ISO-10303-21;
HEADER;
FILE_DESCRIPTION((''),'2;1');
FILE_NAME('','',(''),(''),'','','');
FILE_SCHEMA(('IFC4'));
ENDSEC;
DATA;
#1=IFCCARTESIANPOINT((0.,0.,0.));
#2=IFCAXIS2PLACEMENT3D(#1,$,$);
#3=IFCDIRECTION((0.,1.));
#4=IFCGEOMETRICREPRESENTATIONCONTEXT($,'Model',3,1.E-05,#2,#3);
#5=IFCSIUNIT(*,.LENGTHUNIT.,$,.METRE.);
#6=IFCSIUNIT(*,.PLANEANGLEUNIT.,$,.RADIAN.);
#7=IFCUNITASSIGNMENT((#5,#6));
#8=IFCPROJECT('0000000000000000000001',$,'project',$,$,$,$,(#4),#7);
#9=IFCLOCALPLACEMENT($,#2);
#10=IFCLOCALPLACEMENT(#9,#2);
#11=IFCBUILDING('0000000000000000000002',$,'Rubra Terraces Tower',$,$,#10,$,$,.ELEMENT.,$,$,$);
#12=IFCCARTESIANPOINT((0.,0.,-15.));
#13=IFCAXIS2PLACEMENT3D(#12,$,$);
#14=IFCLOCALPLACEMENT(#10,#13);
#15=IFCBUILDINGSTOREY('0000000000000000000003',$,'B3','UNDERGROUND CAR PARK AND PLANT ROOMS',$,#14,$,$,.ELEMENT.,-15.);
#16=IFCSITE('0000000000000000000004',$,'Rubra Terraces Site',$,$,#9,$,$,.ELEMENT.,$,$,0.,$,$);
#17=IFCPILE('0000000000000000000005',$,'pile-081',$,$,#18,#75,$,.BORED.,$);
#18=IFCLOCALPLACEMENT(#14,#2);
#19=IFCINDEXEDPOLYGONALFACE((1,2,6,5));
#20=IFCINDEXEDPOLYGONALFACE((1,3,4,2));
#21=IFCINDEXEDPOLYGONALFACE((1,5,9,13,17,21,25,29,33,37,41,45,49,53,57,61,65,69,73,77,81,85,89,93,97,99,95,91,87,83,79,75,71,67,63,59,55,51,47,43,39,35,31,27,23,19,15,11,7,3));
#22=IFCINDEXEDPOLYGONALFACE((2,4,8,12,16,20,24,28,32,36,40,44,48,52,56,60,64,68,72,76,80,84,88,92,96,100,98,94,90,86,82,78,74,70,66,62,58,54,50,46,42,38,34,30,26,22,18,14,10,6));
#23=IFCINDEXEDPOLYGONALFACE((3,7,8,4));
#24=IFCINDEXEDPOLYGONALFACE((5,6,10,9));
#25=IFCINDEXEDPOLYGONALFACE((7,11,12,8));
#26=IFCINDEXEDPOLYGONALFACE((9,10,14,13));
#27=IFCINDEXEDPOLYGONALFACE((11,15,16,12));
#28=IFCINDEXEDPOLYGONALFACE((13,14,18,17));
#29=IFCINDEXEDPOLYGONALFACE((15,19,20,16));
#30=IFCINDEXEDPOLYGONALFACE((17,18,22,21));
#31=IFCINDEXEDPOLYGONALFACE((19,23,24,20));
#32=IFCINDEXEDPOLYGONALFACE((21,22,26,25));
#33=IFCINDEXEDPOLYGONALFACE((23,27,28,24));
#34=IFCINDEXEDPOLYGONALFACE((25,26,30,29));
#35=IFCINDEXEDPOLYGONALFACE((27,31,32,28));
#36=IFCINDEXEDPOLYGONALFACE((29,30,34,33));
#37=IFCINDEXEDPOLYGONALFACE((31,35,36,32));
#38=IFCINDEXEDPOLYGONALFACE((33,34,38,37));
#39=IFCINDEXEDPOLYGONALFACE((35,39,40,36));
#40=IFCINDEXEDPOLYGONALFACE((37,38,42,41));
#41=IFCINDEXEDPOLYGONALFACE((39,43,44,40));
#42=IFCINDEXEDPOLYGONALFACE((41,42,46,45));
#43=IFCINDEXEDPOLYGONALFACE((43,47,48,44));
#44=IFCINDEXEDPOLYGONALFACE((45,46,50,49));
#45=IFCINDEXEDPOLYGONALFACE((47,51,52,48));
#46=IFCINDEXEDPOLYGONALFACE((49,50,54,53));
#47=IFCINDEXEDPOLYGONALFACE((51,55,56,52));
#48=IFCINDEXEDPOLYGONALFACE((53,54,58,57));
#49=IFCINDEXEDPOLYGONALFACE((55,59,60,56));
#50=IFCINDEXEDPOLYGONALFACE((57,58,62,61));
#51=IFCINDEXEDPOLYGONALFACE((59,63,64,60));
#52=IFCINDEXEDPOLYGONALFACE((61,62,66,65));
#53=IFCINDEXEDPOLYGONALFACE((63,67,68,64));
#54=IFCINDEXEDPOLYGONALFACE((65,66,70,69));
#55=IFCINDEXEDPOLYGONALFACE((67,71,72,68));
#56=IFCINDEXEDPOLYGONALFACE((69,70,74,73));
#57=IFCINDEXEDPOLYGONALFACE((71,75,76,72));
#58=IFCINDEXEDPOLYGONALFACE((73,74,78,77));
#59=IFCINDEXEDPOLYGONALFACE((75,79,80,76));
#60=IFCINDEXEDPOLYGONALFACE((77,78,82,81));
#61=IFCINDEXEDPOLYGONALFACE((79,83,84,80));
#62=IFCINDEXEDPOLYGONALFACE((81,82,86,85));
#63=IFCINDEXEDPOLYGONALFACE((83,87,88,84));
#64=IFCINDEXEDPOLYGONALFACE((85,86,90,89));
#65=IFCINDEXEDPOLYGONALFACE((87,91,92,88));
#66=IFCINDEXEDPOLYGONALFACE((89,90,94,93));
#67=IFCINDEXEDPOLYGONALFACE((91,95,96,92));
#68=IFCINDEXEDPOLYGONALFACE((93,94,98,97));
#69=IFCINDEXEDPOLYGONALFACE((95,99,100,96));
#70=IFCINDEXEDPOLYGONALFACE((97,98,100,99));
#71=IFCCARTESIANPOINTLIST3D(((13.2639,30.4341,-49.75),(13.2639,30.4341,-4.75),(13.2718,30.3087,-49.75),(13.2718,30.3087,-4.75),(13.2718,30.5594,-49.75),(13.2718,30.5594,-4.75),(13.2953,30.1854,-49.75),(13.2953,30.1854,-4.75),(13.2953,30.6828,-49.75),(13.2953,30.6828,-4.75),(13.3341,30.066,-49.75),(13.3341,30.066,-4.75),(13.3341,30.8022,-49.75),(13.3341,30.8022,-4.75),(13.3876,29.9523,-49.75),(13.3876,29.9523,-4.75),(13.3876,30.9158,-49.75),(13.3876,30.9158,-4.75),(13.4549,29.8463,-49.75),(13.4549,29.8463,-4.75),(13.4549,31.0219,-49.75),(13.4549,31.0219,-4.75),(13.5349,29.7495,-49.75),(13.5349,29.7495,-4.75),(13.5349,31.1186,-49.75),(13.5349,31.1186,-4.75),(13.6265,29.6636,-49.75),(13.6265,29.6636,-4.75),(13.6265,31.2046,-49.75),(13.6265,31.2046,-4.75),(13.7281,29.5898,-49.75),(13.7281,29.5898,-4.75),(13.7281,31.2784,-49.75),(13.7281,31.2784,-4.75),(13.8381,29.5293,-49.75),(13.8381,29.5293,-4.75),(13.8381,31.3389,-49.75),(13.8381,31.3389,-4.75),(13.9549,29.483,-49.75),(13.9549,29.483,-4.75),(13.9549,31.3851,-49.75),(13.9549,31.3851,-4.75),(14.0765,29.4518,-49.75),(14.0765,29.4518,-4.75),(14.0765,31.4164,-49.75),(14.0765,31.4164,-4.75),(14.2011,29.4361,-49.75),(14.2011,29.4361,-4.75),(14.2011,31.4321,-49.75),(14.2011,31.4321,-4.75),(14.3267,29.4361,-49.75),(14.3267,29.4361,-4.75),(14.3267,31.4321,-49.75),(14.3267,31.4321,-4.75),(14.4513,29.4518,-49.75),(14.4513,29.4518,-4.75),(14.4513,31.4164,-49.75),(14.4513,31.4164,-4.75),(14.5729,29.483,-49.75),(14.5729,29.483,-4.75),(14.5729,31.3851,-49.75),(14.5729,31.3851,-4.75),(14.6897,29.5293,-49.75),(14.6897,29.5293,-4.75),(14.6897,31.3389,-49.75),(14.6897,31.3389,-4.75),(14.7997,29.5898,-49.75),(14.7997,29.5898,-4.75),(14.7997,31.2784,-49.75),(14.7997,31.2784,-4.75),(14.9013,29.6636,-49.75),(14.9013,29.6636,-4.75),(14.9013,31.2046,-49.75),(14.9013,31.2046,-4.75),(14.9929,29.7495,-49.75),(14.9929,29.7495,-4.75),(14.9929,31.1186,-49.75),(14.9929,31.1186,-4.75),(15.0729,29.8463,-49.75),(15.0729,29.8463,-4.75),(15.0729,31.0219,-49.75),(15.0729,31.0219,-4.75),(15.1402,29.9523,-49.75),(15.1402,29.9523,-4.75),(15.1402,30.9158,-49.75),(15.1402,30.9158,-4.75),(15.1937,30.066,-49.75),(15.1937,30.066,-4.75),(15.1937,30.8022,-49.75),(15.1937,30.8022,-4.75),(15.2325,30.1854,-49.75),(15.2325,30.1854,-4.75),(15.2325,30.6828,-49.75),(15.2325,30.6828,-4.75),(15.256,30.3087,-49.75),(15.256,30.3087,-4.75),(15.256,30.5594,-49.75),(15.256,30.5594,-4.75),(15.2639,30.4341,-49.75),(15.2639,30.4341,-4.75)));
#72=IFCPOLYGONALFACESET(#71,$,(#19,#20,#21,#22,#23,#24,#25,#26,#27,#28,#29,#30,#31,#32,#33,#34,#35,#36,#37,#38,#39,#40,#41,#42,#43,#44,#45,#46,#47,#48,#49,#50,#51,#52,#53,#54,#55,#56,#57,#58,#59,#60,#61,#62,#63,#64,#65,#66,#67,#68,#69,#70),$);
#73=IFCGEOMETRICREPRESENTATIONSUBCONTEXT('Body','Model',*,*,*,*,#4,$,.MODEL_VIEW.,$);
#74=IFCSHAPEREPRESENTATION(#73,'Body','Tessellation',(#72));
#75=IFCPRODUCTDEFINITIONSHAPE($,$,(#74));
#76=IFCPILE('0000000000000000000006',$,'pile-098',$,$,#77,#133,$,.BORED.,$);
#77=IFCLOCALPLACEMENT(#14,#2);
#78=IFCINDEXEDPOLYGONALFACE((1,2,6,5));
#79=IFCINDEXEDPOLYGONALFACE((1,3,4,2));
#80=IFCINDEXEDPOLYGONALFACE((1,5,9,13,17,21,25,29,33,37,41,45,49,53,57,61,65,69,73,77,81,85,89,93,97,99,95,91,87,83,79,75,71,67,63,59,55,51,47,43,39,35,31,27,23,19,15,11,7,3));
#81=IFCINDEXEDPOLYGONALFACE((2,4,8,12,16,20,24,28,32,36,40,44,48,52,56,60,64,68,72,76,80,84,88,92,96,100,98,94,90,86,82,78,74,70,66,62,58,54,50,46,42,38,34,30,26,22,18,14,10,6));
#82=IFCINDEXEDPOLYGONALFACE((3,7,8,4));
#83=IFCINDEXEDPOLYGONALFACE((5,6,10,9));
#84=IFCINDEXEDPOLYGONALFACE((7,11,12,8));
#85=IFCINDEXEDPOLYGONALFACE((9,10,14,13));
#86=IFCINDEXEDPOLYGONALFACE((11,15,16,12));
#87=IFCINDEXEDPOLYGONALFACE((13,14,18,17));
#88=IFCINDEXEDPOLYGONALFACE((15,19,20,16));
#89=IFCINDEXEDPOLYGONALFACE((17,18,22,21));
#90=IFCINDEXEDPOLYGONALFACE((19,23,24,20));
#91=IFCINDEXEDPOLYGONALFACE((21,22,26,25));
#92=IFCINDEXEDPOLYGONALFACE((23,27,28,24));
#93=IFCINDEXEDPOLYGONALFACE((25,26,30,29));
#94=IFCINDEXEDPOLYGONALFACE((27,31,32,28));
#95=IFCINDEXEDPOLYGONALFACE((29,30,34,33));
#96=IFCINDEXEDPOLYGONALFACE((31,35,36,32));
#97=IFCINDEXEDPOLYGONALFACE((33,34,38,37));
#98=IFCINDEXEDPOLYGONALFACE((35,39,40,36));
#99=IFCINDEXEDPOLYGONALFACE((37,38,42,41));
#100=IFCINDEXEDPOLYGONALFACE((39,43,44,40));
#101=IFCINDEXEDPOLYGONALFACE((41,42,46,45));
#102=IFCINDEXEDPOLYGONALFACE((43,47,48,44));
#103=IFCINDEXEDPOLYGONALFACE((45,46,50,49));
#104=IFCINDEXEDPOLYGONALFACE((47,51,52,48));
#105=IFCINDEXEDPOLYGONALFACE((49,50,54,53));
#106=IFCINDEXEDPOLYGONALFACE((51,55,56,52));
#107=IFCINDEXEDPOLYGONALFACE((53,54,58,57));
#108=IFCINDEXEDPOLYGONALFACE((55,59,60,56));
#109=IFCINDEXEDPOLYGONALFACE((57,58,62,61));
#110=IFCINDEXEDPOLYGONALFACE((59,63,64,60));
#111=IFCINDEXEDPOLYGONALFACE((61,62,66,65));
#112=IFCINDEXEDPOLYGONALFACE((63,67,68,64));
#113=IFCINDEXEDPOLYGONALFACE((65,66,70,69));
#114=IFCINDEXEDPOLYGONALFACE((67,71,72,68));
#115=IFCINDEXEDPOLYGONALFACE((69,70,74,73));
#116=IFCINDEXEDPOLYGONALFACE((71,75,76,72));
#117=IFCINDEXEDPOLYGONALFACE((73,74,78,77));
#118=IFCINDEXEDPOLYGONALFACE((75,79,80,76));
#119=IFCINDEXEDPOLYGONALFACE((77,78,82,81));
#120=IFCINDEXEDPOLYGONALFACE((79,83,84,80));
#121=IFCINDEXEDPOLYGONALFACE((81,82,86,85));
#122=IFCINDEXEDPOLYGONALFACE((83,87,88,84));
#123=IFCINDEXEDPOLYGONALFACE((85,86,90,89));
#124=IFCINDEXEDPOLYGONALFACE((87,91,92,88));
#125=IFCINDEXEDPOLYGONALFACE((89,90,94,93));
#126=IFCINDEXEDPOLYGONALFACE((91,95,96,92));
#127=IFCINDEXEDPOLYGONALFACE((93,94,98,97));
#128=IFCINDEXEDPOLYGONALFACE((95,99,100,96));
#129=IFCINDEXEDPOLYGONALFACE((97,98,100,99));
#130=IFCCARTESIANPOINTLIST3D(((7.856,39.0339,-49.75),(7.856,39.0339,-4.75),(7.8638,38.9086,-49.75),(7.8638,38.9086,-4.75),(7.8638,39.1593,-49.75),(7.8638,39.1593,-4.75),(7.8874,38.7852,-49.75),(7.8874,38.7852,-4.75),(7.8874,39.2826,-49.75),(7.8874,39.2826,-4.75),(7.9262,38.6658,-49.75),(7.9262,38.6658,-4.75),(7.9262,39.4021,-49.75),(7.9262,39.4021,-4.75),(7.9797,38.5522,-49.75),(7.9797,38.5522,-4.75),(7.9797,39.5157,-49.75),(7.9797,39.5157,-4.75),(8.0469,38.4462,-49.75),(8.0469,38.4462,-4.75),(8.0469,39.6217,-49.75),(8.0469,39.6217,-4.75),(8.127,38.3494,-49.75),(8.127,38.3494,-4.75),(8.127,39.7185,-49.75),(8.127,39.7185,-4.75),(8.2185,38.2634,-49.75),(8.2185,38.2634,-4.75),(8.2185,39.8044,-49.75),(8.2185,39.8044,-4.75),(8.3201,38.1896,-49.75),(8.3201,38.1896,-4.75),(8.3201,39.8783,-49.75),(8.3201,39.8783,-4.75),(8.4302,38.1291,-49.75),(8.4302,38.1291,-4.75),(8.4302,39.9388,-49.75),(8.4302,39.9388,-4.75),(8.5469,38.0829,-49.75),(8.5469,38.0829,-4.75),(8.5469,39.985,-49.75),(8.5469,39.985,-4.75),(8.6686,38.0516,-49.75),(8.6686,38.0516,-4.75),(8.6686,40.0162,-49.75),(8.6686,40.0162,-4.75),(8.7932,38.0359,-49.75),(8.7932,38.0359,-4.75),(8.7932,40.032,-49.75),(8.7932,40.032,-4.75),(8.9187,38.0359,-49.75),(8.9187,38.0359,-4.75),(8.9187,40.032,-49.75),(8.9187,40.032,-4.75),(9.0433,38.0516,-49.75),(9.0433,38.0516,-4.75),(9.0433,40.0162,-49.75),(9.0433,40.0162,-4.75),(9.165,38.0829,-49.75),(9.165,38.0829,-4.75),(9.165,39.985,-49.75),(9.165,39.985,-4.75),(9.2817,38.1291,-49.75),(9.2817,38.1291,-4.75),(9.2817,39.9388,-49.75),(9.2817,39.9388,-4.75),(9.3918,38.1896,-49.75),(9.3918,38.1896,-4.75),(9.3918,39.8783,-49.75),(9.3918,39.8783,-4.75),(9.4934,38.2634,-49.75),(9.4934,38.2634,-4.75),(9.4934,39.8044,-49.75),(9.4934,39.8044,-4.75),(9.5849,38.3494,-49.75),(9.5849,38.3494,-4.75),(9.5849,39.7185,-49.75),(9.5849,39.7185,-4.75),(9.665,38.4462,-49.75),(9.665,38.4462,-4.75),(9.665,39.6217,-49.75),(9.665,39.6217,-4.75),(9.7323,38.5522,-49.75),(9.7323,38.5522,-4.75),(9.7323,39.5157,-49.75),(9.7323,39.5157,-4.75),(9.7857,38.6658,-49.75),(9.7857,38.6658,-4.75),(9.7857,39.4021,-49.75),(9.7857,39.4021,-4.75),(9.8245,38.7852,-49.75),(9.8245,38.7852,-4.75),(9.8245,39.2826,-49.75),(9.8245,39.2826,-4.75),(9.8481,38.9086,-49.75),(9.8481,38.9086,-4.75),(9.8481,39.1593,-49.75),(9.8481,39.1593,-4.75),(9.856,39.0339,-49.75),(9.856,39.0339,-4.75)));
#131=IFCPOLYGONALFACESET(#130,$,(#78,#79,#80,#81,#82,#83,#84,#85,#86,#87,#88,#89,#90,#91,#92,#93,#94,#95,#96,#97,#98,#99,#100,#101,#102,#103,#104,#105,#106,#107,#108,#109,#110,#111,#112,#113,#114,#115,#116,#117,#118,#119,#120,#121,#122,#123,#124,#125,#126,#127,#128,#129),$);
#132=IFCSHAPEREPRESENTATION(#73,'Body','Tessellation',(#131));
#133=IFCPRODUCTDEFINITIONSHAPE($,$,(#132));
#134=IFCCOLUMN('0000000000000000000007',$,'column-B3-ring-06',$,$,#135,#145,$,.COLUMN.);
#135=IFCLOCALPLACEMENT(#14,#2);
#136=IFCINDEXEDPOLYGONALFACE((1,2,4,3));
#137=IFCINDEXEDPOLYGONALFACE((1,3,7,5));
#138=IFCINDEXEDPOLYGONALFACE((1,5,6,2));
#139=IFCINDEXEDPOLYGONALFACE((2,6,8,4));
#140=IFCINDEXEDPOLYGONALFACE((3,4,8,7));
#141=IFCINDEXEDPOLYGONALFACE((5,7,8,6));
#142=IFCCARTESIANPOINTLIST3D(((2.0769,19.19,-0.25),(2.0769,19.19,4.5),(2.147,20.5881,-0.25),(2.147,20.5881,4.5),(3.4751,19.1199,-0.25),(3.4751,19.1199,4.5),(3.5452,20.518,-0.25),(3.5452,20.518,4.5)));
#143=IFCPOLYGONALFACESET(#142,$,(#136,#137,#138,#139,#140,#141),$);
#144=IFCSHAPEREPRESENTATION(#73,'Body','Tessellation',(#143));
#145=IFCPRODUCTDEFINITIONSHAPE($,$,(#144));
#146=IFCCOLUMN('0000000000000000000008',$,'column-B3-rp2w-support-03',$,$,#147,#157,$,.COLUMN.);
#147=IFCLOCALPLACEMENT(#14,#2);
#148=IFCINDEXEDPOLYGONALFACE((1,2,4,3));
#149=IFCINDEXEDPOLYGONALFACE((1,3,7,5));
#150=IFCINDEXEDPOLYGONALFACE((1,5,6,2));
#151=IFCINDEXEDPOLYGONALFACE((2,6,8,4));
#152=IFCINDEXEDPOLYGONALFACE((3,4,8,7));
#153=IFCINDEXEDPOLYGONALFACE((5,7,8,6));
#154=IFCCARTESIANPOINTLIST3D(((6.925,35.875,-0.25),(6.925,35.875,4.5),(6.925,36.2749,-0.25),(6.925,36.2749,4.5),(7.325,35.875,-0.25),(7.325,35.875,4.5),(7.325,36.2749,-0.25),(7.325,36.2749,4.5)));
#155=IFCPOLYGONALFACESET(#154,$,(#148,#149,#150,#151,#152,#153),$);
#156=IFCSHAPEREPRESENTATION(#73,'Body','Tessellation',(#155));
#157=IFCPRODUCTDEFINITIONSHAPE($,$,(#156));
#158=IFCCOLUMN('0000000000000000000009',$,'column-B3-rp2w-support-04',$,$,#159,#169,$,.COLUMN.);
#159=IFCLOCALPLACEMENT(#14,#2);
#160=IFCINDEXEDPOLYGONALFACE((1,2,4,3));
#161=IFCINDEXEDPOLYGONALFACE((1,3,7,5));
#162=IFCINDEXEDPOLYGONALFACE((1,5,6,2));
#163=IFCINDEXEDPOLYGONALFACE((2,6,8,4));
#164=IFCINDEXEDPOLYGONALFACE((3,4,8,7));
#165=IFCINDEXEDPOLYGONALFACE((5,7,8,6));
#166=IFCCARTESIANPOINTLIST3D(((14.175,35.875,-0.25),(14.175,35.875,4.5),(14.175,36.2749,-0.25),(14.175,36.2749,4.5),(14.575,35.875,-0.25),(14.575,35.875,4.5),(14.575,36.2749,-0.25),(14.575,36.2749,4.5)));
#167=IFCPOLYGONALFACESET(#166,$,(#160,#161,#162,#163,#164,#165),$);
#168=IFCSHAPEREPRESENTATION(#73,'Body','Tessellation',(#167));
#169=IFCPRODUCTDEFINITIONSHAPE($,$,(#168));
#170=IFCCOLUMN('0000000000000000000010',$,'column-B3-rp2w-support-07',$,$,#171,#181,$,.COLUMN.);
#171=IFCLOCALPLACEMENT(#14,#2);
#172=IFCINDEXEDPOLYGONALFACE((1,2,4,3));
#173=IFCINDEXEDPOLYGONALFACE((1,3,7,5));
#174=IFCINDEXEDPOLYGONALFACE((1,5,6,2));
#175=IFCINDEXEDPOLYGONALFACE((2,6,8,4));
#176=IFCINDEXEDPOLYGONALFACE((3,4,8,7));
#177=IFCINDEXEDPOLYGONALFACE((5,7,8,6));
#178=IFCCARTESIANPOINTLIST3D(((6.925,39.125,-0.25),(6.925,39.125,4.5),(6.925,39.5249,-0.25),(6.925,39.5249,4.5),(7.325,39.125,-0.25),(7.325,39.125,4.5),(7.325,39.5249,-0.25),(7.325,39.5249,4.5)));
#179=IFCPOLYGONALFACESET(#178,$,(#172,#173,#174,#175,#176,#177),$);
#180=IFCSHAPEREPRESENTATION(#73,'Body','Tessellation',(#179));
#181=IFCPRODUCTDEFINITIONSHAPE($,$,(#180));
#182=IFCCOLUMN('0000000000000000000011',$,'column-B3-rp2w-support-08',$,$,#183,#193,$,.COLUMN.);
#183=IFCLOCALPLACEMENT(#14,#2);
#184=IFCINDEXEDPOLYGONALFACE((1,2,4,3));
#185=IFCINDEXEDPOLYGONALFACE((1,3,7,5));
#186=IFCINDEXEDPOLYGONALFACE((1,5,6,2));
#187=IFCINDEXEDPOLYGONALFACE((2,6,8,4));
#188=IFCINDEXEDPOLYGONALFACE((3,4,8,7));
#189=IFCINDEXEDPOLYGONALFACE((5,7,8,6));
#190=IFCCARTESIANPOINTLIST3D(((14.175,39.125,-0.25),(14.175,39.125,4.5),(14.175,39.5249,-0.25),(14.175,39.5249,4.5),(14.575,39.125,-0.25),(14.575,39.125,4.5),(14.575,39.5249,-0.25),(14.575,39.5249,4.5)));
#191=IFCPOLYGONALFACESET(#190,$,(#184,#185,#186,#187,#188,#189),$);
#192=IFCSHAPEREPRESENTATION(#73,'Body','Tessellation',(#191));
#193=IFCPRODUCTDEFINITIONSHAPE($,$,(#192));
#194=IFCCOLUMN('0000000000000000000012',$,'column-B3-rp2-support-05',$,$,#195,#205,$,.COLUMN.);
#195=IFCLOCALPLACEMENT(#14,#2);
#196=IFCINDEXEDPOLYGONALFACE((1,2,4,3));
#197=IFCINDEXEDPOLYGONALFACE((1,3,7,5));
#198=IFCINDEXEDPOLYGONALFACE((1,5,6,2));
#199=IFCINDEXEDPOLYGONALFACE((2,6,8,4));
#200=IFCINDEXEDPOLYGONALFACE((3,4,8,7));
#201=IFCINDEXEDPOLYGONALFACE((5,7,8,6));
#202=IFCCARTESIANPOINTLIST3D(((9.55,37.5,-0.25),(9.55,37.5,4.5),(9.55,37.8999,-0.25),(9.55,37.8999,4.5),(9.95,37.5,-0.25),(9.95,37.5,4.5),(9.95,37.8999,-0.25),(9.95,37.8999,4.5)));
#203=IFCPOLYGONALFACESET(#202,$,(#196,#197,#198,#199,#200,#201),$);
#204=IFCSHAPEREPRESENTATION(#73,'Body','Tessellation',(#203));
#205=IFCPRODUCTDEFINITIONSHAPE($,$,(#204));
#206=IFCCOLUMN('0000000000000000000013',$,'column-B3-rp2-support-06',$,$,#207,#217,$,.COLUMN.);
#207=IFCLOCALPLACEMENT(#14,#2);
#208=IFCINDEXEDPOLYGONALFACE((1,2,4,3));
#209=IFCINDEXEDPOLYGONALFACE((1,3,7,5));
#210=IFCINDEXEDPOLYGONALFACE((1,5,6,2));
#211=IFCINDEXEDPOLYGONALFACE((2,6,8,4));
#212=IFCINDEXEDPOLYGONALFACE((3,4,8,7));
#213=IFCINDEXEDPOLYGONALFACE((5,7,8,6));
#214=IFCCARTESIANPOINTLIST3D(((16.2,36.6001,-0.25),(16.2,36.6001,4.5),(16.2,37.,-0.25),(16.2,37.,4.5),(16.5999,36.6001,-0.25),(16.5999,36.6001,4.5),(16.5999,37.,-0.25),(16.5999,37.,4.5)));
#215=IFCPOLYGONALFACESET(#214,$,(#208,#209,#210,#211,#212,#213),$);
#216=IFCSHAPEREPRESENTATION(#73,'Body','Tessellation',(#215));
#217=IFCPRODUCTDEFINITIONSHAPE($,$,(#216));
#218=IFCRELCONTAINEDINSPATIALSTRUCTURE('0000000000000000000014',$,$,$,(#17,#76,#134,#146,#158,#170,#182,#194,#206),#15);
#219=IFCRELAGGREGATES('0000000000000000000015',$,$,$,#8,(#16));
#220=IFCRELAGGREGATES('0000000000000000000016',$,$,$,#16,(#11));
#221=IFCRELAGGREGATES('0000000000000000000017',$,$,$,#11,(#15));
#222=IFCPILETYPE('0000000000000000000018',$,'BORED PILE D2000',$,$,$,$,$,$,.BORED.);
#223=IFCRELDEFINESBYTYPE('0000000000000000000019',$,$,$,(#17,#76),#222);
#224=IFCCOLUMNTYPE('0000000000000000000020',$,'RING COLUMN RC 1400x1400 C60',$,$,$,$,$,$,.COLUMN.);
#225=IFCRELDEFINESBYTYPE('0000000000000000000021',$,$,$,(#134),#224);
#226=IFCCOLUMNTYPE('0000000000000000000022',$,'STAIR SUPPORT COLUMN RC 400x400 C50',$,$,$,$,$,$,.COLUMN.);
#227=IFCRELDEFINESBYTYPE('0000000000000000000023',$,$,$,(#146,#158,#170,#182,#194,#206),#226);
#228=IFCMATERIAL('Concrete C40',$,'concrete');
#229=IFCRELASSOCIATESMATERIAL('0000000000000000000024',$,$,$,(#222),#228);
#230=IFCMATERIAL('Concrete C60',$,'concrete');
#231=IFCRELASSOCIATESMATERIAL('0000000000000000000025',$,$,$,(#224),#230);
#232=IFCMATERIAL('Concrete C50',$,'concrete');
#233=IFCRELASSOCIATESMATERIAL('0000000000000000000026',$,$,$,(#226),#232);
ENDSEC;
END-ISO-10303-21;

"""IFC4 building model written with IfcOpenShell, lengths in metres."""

from ifc_helpers import new_model, si_unit, direction, frame, origin, origin_2d, place, context, subcontext, project, spatial, rectangle, circle, extrude, material, material_profile, profile_set, type_object, element, save


model = new_model("IFC4")

# Units and contexts
model_context = context("Model", 3, precision=1e-05, world=origin(), true_north=direction((0.0, 1.0)))
body_context = subcontext(model_context, "Body", "Model", "MODEL_VIEW")
ifc_project = project(units=[si_unit("LENGTHUNIT", "METRE"), si_unit("PLANEANGLEUNIT", "RADIAN")], contexts=[model_context])

# Site, building, storey
site_placement = place(None, origin())
site = spatial("IfcSite", under=ifc_project, at=site_placement, Name="Rubra Terraces Site", CompositionType="ELEMENT", RefElevation=0.0)
building_placement = place(site_placement, origin())
building = spatial("IfcBuilding", under=site, at=building_placement, Name="Rubra Terraces Tower", CompositionType="ELEMENT")
storey_placement = place(building_placement, frame((0.0, 0.0, -15.0)))
storey = spatial("IfcBuildingStorey", under=building, at=storey_placement, Name="B3", Description="UNDERGROUND CAR PARK AND PLANT ROOMS", CompositionType="ELEMENT", Elevation=-15.0)

# Piles
ifc_material_1 = material(Name="Concrete C40", Category="concrete")
ifc_material_profile_1 = material_profile(ifc_material_1, circle(Radius=1.0, at=origin_2d()), Name="BORED PILE D2000")
ifc_profile_set_1 = profile_set([ifc_material_profile_1], Name="Concrete C40")
pile_type = type_object("IfcPileType", Name="BORED PILE D2000", PredefinedType="BORED", material=ifc_profile_set_1)
for number, where, z_axis, x_axis, name in (
    (1, (14.2639, 30.4341, -4.75), (0.0, 0.0, -1.0), (1.0, 0.0, 0.0), "pile-081"),
    (2, (8.856, 39.0339, -4.75), (0.0, 0.0, -1.0), (1.0, 0.0, 0.0), "pile-098"),
):
    element("IfcPile", number, at=place(storey_placement, frame(where, z_axis=z_axis, x_axis=x_axis)), inside=storey, type_object=pile_type, Name=name, PredefinedType="BORED", context=body_context, shape_type="SweptSolid", body=[
        extrude(circle(Radius=1.0, at=origin_2d()), origin(), (0.0, 0.0, 1.0), 45.0),
    ])

# Columns
ifc_material_2 = material(Name="Concrete C60", Category="concrete")
ifc_material_profile_2 = material_profile(ifc_material_2, rectangle(XDim=1.3999, YDim=1.3999, at=origin_2d()), Name="RC 1400x1400")
ifc_profile_set_2 = profile_set([ifc_material_profile_2], Name="Concrete C60")
column_type_1 = type_object("IfcColumnType", Name="RING COLUMN RC 1400x1400 C60", PredefinedType="COLUMN", material=ifc_profile_set_2)
column_placement = place(storey_placement, frame((2.811, 19.854, -0.25), z_axis=(0.0, 0.0, 1.0), x_axis=(-0.998745, 0.050084, 0.0)))
element("IfcColumn", 3, at=column_placement, inside=storey, type_object=column_type_1, Name="column-B3-ring-06", PredefinedType="COLUMN", context=body_context, shape_type="SweptSolid", body=[
    extrude(rectangle(XDim=1.3999, YDim=1.3999, at=origin_2d()), origin(), (0.0, 0.0, 1.0), 4.75),
])
ifc_material_3 = material(Name="Concrete C50", Category="concrete")
ifc_material_profile_3 = material_profile(ifc_material_3, rectangle(XDim=0.3999, YDim=0.3999, at=origin_2d()), Name="RC 400x400")
ifc_profile_set_3 = profile_set([ifc_material_profile_3], Name="Concrete C50")
column_type_2 = type_object("IfcColumnType", Name="STAIR SUPPORT COLUMN RC 400x400 C50", PredefinedType="COLUMN", material=ifc_profile_set_3)
for number, where, z_axis, x_axis, name in (
    (4, (7.125, 36.075, -0.25), (0.0, 0.0, 1.0), (1.0, 0.0, 0.0), "column-B3-rp2w-support-03"),
    (5, (14.375, 36.075, -0.25), (0.0, 0.0, 1.0), (1.0, 0.0, 0.0), "column-B3-rp2w-support-04"),
    (6, (7.125, 39.325, -0.25), (0.0, 0.0, 1.0), (1.0, 0.0, 0.0), "column-B3-rp2w-support-07"),
    (7, (14.375, 39.325, -0.25), (0.0, 0.0, 1.0), (1.0, 0.0, 0.0), "column-B3-rp2w-support-08"),
    (8, (9.75, 37.7, -0.25), (0.0, 0.0, 1.0), (1.0, 0.0, 0.0), "column-B3-rp2-support-05"),
    (9, (16.3999, 36.8, -0.25), (0.0, 0.0, 1.0), (1.0, 0.0, 0.0), "column-B3-rp2-support-06"),
):
    element("IfcColumn", number, at=place(storey_placement, frame(where, z_axis=z_axis, x_axis=x_axis)), inside=storey, type_object=column_type_2, Name=name, PredefinedType="COLUMN", context=body_context, shape_type="SweptSolid", body=[
        extrude(rectangle(XDim=0.3999, YDim=0.3999, at=origin_2d()), origin(), (0.0, 0.0, 1.0), 4.75),
    ])

save(model, "model.ifc")
